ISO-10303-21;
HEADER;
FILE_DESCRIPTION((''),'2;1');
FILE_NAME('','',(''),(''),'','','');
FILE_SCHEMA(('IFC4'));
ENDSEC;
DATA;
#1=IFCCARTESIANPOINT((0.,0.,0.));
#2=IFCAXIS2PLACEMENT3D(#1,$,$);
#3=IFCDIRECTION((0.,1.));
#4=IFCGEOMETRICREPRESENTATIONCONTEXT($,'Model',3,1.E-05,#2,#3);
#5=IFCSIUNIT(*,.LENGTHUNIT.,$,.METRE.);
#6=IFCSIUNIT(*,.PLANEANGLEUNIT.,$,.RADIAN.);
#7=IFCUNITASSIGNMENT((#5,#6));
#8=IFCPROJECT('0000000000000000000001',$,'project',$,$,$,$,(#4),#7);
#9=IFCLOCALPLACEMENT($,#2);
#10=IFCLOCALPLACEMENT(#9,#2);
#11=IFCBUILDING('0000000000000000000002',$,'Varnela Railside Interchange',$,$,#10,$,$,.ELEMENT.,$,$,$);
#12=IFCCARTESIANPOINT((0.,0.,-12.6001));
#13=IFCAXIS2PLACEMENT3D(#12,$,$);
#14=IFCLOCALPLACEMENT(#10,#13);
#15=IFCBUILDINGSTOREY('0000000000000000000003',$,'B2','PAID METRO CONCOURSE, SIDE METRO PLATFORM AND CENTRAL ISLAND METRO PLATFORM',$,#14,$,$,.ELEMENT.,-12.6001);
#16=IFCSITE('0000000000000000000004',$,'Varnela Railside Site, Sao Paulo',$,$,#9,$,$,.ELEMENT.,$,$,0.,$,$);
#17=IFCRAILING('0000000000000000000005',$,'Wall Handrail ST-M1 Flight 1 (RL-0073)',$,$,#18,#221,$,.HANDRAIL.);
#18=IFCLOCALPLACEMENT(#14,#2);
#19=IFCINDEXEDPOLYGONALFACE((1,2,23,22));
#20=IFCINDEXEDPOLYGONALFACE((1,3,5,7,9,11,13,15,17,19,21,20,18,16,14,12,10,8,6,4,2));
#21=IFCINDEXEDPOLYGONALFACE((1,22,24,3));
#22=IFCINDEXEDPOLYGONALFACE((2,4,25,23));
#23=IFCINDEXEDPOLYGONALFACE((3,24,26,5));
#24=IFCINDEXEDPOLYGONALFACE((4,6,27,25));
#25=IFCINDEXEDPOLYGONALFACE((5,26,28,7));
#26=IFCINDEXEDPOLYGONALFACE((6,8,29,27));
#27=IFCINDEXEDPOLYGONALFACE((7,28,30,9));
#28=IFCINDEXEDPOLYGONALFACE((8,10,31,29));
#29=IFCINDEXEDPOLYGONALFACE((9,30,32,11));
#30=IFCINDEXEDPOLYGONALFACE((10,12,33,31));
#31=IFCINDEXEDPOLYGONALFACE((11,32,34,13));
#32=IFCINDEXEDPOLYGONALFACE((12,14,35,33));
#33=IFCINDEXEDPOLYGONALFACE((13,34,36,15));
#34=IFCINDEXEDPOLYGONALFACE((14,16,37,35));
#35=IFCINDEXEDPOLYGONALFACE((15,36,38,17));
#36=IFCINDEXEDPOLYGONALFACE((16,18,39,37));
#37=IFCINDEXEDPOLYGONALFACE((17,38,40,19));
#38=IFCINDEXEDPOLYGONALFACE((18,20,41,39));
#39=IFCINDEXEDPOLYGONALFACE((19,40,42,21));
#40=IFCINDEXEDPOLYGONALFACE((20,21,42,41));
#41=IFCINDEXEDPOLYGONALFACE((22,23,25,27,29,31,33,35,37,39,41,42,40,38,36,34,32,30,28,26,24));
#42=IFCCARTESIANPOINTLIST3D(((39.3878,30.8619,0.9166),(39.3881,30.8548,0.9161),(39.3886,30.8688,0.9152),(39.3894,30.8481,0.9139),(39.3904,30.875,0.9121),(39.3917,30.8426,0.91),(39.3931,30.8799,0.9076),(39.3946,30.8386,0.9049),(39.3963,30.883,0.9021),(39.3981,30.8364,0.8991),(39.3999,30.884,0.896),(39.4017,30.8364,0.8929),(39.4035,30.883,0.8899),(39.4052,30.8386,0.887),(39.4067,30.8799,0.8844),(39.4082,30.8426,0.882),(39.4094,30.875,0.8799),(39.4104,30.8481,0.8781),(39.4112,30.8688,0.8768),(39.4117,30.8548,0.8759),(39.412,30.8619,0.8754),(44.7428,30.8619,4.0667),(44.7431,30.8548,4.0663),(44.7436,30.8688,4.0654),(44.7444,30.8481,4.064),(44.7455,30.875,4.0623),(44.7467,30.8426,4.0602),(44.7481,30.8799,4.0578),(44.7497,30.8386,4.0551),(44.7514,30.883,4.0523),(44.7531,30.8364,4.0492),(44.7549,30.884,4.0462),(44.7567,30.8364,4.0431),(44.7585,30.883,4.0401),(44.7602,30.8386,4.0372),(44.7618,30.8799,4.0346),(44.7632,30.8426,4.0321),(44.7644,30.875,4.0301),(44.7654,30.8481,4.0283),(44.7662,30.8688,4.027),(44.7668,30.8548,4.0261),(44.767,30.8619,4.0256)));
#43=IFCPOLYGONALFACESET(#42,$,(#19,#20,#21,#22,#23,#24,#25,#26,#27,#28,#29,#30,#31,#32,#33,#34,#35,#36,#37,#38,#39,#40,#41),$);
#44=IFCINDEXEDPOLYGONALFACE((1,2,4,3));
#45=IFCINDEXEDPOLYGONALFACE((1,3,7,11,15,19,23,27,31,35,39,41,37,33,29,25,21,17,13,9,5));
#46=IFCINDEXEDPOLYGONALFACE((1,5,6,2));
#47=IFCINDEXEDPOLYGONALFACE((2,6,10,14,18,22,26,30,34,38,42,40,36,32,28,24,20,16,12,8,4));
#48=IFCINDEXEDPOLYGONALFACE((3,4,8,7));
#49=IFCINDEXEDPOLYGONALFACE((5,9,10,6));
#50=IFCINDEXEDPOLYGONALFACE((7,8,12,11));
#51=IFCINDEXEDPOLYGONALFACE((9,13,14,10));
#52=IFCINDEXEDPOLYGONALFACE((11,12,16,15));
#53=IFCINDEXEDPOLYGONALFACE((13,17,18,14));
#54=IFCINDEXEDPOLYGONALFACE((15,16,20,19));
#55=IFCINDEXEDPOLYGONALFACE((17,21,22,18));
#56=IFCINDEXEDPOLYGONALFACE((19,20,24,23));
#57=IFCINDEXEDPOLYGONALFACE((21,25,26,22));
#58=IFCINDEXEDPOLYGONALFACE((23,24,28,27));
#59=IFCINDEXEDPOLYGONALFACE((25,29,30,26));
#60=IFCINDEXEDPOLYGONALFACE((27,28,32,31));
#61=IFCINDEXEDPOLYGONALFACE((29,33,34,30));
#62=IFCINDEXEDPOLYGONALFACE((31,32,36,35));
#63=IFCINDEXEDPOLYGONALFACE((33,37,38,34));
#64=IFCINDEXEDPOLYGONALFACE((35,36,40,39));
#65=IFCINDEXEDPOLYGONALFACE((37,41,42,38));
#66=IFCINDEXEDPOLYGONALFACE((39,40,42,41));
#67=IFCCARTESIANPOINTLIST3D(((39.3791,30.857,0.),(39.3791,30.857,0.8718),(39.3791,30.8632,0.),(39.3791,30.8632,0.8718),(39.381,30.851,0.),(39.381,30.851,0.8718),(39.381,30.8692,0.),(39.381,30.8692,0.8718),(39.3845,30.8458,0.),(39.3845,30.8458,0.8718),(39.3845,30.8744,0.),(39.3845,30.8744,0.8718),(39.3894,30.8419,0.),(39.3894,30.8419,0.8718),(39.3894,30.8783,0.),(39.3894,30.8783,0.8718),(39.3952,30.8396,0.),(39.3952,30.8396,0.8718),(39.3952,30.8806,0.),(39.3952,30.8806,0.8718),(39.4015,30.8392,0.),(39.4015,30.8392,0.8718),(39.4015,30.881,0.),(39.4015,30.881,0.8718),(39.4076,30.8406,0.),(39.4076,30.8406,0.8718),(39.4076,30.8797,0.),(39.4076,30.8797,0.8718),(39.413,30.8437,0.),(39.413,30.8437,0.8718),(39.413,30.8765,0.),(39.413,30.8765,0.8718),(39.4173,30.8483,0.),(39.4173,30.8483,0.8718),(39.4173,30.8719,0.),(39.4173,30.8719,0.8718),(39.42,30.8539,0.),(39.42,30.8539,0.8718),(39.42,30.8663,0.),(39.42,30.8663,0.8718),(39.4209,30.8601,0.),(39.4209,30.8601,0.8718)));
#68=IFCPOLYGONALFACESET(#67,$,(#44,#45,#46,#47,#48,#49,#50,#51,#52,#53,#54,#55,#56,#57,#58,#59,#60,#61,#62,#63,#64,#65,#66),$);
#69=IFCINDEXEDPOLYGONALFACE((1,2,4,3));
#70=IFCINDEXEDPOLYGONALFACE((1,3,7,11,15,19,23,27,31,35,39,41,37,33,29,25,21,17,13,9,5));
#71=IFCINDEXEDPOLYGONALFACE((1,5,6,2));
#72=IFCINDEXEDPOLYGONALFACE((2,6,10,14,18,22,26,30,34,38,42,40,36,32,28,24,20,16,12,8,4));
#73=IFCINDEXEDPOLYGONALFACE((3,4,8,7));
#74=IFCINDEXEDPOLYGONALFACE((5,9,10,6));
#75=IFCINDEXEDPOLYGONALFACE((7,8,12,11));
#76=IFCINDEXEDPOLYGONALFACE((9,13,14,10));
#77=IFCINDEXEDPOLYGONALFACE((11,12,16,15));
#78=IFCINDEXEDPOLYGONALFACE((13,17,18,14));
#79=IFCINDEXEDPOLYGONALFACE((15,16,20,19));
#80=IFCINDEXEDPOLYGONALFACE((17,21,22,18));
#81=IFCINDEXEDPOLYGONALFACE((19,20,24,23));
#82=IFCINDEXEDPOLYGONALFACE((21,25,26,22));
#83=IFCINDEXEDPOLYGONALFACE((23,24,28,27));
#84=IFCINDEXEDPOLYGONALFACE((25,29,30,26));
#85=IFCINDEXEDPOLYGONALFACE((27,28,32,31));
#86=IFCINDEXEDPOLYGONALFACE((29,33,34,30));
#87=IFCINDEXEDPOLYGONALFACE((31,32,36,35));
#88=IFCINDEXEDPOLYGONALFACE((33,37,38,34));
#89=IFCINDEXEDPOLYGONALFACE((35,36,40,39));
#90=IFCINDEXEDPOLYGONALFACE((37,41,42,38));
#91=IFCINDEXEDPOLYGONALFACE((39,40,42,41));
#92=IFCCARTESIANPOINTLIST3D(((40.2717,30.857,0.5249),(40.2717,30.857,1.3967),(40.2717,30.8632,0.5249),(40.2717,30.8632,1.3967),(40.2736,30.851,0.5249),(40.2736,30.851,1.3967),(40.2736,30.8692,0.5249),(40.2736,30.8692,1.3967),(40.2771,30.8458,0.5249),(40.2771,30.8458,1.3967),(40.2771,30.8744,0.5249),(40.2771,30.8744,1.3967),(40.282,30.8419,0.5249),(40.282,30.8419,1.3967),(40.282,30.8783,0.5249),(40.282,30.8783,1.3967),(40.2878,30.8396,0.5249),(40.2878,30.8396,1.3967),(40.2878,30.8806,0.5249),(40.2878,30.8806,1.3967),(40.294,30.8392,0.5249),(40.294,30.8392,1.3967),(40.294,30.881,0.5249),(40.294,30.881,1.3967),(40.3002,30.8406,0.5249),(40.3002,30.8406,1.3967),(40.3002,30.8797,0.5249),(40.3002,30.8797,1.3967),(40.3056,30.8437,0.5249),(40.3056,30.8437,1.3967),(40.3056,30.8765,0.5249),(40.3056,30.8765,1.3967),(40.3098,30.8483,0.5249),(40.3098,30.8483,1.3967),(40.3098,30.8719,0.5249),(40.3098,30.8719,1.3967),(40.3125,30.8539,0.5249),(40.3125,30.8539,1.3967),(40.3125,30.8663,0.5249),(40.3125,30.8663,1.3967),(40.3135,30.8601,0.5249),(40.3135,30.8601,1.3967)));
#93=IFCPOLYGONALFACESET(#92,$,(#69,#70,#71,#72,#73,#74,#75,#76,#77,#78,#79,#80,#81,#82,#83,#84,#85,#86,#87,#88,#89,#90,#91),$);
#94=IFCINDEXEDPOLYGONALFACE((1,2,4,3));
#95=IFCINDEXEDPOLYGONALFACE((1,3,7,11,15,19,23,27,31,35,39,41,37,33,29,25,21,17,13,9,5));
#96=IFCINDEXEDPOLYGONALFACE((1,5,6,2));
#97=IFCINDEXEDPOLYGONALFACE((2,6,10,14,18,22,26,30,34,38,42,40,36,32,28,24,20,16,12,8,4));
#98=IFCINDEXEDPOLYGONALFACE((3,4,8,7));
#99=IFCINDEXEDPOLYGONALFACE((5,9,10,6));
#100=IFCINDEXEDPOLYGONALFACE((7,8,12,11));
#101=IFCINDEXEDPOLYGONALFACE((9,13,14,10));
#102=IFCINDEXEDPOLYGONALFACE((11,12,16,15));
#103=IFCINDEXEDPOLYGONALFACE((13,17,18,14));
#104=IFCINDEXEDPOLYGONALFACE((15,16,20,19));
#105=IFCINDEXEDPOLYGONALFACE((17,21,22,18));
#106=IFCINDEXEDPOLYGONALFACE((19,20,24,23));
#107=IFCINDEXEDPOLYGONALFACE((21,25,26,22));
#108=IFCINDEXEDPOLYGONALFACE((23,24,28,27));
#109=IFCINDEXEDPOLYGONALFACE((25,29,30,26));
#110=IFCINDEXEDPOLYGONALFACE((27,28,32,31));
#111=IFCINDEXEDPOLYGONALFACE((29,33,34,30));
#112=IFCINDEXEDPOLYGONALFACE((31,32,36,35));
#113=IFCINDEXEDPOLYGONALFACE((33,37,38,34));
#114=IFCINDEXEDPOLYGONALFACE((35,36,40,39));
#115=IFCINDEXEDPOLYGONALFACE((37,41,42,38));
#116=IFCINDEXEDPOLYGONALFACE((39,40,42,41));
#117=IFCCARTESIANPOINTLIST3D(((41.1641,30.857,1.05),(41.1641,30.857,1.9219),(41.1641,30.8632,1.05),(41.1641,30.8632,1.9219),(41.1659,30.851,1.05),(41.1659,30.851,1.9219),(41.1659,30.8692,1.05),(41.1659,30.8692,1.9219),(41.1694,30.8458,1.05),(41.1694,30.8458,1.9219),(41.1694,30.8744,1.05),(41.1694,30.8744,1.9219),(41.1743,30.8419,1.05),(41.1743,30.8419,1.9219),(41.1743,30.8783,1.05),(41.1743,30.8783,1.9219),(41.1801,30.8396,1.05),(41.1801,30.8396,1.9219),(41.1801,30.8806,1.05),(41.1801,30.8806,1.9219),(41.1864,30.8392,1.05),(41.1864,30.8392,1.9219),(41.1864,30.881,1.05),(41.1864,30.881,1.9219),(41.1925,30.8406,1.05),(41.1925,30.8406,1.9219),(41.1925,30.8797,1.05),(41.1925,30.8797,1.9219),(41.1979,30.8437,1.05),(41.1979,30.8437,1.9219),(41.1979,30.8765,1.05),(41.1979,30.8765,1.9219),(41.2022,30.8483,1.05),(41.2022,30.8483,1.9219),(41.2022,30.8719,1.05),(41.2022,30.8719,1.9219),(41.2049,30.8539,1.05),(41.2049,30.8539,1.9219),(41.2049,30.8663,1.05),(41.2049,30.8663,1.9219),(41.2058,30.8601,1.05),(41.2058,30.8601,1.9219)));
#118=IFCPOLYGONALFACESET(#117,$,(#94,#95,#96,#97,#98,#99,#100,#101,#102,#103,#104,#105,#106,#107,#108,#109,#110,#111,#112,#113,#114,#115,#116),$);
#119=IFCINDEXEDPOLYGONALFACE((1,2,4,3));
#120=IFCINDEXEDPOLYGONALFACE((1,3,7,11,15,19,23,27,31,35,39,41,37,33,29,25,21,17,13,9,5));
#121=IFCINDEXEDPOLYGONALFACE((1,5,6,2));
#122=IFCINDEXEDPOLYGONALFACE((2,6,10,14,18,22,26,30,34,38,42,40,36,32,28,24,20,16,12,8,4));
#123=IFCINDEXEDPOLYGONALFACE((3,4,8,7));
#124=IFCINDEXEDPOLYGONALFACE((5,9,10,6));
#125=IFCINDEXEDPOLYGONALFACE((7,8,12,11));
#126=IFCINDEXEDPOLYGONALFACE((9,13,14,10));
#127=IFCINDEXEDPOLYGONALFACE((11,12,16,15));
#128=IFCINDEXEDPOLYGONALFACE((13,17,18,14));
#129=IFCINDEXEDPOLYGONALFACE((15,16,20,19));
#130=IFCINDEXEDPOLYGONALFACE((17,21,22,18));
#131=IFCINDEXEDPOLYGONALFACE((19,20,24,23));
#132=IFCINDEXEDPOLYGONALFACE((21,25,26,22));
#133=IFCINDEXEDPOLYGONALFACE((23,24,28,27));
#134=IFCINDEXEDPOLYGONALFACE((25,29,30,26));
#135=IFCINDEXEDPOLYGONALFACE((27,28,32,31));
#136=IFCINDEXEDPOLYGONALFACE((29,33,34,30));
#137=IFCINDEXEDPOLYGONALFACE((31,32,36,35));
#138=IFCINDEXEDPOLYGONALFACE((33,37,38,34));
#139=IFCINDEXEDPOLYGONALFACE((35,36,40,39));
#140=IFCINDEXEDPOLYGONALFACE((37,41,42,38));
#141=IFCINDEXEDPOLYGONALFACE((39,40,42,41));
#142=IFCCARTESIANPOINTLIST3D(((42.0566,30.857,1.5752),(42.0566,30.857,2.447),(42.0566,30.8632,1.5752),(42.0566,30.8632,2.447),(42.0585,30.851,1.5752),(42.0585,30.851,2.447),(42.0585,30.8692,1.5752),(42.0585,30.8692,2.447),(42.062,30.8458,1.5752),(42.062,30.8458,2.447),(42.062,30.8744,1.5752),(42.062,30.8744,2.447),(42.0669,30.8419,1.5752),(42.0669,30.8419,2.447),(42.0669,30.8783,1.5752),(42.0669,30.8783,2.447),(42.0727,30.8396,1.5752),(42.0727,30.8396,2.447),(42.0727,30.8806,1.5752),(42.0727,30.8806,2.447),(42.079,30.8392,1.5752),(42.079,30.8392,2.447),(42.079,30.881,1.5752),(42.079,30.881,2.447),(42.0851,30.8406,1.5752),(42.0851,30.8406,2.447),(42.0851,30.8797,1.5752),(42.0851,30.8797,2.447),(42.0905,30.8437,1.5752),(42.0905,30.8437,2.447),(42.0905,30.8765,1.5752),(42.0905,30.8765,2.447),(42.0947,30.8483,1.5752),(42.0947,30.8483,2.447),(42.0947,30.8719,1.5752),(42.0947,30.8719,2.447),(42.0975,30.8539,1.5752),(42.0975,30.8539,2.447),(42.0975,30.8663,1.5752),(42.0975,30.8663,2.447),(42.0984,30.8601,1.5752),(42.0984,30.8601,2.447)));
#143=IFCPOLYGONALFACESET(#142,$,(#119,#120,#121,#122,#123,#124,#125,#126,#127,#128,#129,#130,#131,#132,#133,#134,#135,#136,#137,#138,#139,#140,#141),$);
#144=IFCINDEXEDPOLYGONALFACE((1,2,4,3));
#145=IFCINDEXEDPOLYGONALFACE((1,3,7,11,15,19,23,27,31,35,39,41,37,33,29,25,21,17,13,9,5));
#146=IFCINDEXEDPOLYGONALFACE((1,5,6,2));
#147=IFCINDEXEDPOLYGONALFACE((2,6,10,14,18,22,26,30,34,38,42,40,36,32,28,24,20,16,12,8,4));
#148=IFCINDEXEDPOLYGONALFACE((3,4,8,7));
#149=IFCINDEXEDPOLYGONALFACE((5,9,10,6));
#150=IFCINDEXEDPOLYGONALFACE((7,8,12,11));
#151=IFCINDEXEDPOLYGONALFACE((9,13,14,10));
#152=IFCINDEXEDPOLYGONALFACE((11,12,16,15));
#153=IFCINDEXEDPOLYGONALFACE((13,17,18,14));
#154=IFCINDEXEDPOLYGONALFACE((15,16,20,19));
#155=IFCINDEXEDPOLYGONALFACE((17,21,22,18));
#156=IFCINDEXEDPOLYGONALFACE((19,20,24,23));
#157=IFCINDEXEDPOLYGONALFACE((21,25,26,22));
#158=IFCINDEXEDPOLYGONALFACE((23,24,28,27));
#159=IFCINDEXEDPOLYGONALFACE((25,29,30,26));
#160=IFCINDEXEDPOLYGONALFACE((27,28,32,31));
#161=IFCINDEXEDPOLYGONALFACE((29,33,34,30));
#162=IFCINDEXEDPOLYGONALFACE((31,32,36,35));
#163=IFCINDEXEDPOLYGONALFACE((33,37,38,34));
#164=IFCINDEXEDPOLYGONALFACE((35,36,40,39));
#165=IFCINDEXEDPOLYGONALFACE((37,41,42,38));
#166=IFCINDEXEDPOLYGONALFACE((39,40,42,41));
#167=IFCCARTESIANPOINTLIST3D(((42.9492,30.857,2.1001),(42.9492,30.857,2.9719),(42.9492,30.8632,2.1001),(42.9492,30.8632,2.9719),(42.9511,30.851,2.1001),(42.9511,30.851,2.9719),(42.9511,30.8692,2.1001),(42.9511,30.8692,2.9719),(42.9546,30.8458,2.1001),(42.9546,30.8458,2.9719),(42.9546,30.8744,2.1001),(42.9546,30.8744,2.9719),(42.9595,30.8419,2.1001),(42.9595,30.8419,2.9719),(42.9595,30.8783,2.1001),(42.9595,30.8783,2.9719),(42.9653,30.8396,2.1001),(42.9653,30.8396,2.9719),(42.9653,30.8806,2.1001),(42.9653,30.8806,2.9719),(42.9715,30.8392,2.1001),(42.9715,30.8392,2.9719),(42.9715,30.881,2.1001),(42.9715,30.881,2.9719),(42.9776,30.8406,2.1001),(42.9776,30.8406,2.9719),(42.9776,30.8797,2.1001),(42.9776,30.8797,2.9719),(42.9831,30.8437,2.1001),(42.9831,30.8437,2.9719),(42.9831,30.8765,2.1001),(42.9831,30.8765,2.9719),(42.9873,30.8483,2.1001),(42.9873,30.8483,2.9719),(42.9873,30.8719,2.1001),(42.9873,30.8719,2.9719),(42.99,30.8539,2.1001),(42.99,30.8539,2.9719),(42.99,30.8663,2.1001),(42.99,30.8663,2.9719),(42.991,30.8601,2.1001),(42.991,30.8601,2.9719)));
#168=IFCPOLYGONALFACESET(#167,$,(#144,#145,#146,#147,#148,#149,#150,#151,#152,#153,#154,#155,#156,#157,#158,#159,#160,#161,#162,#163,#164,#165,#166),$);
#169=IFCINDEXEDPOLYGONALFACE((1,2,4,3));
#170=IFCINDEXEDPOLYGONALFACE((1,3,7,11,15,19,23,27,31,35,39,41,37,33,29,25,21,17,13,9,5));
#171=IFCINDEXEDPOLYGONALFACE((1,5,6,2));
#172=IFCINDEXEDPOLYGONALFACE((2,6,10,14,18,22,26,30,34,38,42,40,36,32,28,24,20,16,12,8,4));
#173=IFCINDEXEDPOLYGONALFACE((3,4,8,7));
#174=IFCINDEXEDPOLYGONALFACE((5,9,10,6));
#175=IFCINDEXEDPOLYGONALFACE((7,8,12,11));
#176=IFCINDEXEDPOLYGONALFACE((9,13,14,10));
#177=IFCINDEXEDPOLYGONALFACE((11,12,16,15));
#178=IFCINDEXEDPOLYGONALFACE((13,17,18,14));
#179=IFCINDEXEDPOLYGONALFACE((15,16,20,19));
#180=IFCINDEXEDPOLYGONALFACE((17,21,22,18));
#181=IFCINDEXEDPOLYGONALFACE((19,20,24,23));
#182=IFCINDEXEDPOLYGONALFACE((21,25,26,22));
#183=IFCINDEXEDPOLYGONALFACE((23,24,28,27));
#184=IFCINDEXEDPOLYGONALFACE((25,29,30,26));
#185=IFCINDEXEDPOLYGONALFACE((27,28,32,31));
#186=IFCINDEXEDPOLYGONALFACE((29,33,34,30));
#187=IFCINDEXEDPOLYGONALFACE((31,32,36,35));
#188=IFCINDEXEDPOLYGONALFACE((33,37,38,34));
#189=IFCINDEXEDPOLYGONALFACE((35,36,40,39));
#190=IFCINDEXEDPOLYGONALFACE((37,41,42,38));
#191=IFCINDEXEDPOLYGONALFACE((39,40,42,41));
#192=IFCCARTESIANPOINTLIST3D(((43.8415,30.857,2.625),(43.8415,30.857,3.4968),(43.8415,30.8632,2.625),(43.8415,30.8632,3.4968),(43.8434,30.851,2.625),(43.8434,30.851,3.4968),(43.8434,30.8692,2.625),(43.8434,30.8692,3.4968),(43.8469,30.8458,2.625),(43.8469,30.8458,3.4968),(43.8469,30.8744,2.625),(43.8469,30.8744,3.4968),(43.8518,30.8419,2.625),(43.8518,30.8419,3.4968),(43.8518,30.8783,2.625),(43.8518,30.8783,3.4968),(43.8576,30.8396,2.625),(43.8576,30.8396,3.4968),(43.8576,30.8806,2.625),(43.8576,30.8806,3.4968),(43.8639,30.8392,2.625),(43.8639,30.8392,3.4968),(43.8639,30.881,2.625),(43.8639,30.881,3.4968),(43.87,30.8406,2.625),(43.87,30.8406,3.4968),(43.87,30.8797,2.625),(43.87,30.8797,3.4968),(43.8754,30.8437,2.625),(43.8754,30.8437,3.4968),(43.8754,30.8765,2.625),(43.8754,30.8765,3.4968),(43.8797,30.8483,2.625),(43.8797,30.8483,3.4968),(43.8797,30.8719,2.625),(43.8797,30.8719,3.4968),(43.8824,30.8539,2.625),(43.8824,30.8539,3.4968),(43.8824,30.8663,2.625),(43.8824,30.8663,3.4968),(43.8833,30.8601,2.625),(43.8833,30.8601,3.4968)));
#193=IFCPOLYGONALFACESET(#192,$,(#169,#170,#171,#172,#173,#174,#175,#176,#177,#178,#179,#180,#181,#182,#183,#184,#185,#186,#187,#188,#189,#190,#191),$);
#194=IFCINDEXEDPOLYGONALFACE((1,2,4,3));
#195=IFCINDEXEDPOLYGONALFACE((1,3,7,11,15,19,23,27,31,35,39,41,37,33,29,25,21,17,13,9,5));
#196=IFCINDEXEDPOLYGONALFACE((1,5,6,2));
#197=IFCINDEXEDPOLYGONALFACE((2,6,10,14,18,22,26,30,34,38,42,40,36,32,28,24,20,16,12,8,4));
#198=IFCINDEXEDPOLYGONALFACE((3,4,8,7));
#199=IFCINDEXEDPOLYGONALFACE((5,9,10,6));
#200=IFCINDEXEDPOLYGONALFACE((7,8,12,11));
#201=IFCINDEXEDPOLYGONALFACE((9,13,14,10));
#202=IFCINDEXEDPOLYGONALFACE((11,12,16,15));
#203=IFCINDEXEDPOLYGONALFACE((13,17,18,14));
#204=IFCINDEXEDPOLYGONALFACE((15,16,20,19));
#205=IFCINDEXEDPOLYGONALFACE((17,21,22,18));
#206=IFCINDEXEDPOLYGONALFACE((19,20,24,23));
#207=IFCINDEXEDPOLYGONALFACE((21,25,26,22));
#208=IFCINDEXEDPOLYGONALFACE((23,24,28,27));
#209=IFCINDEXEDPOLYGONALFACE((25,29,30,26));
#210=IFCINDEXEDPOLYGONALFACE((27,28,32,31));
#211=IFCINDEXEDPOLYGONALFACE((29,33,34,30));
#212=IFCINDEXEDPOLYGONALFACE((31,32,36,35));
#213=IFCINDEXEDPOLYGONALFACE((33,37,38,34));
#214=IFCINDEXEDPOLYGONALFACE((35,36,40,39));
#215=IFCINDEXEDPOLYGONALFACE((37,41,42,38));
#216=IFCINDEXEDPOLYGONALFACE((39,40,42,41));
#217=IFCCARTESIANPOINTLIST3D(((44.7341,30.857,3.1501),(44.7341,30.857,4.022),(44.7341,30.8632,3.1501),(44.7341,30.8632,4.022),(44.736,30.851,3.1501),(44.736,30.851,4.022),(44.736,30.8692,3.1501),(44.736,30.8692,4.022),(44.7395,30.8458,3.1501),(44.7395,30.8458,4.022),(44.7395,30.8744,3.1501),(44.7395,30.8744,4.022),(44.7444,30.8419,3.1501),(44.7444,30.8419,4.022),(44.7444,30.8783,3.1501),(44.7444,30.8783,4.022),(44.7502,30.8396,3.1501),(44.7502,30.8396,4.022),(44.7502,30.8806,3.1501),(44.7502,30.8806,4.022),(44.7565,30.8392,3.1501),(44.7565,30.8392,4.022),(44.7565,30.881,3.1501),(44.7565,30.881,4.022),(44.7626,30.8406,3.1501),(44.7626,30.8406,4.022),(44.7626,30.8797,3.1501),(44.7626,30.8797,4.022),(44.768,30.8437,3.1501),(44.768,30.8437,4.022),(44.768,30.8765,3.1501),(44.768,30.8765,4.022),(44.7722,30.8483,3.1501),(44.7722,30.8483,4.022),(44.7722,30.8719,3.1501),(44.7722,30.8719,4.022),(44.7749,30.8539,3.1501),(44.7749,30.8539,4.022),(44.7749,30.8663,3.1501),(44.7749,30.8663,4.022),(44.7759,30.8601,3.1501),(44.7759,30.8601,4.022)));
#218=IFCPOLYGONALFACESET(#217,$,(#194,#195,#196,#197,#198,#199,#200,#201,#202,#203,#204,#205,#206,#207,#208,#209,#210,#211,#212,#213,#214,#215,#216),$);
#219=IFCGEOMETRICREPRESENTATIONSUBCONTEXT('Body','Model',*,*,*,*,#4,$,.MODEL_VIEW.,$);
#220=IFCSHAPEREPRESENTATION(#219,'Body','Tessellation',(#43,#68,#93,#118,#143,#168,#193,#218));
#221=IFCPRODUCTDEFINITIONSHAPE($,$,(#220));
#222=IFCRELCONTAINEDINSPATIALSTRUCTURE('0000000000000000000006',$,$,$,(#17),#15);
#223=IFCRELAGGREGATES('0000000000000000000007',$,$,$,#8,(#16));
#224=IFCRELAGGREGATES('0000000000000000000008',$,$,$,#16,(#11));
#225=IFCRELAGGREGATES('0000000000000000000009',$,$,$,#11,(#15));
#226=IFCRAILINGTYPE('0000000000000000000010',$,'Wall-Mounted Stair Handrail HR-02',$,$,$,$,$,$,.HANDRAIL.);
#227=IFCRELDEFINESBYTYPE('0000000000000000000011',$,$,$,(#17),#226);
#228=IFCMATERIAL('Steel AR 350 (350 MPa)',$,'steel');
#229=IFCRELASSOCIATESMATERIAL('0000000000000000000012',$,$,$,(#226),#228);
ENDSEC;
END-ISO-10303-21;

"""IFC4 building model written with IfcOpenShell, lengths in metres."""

from ifc_helpers import new_model, si_unit, direction, frame, origin, origin_2d, place, context, subcontext, project, spatial, circle, extrude, material, type_object, element, save


model = new_model("IFC4")

# Units and contexts
model_context = context("Model", 3, precision=1e-05, world=origin(), true_north=direction((0.0, 1.0)))
body_context = subcontext(model_context, "Body", "Model", "MODEL_VIEW")
ifc_project = project(units=[si_unit("LENGTHUNIT", "METRE"), si_unit("PLANEANGLEUNIT", "RADIAN")], contexts=[model_context])

# Site, building, storey
site_placement = place(None, origin())
site = spatial("IfcSite", under=ifc_project, at=site_placement, Name="Varnela Railside Site, Sao Paulo", CompositionType="ELEMENT", RefElevation=0.0)
building_placement = place(site_placement, origin())
building = spatial("IfcBuilding", under=site, at=building_placement, Name="Varnela Railside Interchange", CompositionType="ELEMENT")
storey_placement = place(building_placement, frame((0.0, 0.0, -12.6001)))
storey = spatial("IfcBuildingStorey", under=building, at=storey_placement, Name="B2", Description="PAID METRO CONCOURSE, SIDE METRO PLATFORM AND CENTRAL ISLAND METRO PLATFORM", CompositionType="ELEMENT", Elevation=-12.6001)

# Shared definitions
ifc_material_1 = material(Name="Steel AR 350 (350 MPa)", Category="steel")

# Railing
railing_type_1 = type_object("IfcRailingType", Name="Wall-Mounted Stair Handrail HR-02", PredefinedType="HANDRAIL", material=ifc_material_1)
railing_1_placement = place(storey_placement, frame((39.3999, 30.8601, 0.0)))
element("IfcRailing", 1, at=railing_1_placement, inside=storey, type_object=railing_type_1, Name="Wall Handrail ST-M1 Flight 1 (RL-0073)", PredefinedType="HANDRAIL", context=body_context, shape_type="SweptSolid", body=[
    extrude(circle(Radius=0.0239, at=origin_2d()), frame((0.0, 0.0, 0.896), z_axis=(0.861923, 0.0, 0.507039), x_axis=(0.0, 1.0, 0.0)), (0.0, 0.0, 1.0), 6.2129),
    extrude(circle(Radius=0.021, at=origin_2d()), origin(), (0.0, 0.0, 1.0), 0.8718),
    extrude(circle(Radius=0.021, at=origin_2d()), frame((0.8926, 0.0, 0.5249)), (0.0, 0.0, 1.0), 0.8718),
    extrude(circle(Radius=0.021, at=origin_2d()), frame((1.7849, 0.0, 1.05)), (0.0, 0.0, 1.0), 0.8718),
    extrude(circle(Radius=0.021, at=origin_2d()), frame((2.6775, 0.0, 1.5752)), (0.0, 0.0, 1.0), 0.8718),
    extrude(circle(Radius=0.021, at=origin_2d()), frame((3.5701, 0.0, 2.1001)), (0.0, 0.0, 1.0), 0.8718),
    extrude(circle(Radius=0.021, at=origin_2d()), frame((4.4624, 0.0, 2.625)), (0.0, 0.0, 1.0), 0.8718),
    extrude(circle(Radius=0.021, at=origin_2d()), frame((5.355, 0.0, 3.1501)), (0.0, 0.0, 1.0), 0.8718),
])

save(model, "model.ifc")
